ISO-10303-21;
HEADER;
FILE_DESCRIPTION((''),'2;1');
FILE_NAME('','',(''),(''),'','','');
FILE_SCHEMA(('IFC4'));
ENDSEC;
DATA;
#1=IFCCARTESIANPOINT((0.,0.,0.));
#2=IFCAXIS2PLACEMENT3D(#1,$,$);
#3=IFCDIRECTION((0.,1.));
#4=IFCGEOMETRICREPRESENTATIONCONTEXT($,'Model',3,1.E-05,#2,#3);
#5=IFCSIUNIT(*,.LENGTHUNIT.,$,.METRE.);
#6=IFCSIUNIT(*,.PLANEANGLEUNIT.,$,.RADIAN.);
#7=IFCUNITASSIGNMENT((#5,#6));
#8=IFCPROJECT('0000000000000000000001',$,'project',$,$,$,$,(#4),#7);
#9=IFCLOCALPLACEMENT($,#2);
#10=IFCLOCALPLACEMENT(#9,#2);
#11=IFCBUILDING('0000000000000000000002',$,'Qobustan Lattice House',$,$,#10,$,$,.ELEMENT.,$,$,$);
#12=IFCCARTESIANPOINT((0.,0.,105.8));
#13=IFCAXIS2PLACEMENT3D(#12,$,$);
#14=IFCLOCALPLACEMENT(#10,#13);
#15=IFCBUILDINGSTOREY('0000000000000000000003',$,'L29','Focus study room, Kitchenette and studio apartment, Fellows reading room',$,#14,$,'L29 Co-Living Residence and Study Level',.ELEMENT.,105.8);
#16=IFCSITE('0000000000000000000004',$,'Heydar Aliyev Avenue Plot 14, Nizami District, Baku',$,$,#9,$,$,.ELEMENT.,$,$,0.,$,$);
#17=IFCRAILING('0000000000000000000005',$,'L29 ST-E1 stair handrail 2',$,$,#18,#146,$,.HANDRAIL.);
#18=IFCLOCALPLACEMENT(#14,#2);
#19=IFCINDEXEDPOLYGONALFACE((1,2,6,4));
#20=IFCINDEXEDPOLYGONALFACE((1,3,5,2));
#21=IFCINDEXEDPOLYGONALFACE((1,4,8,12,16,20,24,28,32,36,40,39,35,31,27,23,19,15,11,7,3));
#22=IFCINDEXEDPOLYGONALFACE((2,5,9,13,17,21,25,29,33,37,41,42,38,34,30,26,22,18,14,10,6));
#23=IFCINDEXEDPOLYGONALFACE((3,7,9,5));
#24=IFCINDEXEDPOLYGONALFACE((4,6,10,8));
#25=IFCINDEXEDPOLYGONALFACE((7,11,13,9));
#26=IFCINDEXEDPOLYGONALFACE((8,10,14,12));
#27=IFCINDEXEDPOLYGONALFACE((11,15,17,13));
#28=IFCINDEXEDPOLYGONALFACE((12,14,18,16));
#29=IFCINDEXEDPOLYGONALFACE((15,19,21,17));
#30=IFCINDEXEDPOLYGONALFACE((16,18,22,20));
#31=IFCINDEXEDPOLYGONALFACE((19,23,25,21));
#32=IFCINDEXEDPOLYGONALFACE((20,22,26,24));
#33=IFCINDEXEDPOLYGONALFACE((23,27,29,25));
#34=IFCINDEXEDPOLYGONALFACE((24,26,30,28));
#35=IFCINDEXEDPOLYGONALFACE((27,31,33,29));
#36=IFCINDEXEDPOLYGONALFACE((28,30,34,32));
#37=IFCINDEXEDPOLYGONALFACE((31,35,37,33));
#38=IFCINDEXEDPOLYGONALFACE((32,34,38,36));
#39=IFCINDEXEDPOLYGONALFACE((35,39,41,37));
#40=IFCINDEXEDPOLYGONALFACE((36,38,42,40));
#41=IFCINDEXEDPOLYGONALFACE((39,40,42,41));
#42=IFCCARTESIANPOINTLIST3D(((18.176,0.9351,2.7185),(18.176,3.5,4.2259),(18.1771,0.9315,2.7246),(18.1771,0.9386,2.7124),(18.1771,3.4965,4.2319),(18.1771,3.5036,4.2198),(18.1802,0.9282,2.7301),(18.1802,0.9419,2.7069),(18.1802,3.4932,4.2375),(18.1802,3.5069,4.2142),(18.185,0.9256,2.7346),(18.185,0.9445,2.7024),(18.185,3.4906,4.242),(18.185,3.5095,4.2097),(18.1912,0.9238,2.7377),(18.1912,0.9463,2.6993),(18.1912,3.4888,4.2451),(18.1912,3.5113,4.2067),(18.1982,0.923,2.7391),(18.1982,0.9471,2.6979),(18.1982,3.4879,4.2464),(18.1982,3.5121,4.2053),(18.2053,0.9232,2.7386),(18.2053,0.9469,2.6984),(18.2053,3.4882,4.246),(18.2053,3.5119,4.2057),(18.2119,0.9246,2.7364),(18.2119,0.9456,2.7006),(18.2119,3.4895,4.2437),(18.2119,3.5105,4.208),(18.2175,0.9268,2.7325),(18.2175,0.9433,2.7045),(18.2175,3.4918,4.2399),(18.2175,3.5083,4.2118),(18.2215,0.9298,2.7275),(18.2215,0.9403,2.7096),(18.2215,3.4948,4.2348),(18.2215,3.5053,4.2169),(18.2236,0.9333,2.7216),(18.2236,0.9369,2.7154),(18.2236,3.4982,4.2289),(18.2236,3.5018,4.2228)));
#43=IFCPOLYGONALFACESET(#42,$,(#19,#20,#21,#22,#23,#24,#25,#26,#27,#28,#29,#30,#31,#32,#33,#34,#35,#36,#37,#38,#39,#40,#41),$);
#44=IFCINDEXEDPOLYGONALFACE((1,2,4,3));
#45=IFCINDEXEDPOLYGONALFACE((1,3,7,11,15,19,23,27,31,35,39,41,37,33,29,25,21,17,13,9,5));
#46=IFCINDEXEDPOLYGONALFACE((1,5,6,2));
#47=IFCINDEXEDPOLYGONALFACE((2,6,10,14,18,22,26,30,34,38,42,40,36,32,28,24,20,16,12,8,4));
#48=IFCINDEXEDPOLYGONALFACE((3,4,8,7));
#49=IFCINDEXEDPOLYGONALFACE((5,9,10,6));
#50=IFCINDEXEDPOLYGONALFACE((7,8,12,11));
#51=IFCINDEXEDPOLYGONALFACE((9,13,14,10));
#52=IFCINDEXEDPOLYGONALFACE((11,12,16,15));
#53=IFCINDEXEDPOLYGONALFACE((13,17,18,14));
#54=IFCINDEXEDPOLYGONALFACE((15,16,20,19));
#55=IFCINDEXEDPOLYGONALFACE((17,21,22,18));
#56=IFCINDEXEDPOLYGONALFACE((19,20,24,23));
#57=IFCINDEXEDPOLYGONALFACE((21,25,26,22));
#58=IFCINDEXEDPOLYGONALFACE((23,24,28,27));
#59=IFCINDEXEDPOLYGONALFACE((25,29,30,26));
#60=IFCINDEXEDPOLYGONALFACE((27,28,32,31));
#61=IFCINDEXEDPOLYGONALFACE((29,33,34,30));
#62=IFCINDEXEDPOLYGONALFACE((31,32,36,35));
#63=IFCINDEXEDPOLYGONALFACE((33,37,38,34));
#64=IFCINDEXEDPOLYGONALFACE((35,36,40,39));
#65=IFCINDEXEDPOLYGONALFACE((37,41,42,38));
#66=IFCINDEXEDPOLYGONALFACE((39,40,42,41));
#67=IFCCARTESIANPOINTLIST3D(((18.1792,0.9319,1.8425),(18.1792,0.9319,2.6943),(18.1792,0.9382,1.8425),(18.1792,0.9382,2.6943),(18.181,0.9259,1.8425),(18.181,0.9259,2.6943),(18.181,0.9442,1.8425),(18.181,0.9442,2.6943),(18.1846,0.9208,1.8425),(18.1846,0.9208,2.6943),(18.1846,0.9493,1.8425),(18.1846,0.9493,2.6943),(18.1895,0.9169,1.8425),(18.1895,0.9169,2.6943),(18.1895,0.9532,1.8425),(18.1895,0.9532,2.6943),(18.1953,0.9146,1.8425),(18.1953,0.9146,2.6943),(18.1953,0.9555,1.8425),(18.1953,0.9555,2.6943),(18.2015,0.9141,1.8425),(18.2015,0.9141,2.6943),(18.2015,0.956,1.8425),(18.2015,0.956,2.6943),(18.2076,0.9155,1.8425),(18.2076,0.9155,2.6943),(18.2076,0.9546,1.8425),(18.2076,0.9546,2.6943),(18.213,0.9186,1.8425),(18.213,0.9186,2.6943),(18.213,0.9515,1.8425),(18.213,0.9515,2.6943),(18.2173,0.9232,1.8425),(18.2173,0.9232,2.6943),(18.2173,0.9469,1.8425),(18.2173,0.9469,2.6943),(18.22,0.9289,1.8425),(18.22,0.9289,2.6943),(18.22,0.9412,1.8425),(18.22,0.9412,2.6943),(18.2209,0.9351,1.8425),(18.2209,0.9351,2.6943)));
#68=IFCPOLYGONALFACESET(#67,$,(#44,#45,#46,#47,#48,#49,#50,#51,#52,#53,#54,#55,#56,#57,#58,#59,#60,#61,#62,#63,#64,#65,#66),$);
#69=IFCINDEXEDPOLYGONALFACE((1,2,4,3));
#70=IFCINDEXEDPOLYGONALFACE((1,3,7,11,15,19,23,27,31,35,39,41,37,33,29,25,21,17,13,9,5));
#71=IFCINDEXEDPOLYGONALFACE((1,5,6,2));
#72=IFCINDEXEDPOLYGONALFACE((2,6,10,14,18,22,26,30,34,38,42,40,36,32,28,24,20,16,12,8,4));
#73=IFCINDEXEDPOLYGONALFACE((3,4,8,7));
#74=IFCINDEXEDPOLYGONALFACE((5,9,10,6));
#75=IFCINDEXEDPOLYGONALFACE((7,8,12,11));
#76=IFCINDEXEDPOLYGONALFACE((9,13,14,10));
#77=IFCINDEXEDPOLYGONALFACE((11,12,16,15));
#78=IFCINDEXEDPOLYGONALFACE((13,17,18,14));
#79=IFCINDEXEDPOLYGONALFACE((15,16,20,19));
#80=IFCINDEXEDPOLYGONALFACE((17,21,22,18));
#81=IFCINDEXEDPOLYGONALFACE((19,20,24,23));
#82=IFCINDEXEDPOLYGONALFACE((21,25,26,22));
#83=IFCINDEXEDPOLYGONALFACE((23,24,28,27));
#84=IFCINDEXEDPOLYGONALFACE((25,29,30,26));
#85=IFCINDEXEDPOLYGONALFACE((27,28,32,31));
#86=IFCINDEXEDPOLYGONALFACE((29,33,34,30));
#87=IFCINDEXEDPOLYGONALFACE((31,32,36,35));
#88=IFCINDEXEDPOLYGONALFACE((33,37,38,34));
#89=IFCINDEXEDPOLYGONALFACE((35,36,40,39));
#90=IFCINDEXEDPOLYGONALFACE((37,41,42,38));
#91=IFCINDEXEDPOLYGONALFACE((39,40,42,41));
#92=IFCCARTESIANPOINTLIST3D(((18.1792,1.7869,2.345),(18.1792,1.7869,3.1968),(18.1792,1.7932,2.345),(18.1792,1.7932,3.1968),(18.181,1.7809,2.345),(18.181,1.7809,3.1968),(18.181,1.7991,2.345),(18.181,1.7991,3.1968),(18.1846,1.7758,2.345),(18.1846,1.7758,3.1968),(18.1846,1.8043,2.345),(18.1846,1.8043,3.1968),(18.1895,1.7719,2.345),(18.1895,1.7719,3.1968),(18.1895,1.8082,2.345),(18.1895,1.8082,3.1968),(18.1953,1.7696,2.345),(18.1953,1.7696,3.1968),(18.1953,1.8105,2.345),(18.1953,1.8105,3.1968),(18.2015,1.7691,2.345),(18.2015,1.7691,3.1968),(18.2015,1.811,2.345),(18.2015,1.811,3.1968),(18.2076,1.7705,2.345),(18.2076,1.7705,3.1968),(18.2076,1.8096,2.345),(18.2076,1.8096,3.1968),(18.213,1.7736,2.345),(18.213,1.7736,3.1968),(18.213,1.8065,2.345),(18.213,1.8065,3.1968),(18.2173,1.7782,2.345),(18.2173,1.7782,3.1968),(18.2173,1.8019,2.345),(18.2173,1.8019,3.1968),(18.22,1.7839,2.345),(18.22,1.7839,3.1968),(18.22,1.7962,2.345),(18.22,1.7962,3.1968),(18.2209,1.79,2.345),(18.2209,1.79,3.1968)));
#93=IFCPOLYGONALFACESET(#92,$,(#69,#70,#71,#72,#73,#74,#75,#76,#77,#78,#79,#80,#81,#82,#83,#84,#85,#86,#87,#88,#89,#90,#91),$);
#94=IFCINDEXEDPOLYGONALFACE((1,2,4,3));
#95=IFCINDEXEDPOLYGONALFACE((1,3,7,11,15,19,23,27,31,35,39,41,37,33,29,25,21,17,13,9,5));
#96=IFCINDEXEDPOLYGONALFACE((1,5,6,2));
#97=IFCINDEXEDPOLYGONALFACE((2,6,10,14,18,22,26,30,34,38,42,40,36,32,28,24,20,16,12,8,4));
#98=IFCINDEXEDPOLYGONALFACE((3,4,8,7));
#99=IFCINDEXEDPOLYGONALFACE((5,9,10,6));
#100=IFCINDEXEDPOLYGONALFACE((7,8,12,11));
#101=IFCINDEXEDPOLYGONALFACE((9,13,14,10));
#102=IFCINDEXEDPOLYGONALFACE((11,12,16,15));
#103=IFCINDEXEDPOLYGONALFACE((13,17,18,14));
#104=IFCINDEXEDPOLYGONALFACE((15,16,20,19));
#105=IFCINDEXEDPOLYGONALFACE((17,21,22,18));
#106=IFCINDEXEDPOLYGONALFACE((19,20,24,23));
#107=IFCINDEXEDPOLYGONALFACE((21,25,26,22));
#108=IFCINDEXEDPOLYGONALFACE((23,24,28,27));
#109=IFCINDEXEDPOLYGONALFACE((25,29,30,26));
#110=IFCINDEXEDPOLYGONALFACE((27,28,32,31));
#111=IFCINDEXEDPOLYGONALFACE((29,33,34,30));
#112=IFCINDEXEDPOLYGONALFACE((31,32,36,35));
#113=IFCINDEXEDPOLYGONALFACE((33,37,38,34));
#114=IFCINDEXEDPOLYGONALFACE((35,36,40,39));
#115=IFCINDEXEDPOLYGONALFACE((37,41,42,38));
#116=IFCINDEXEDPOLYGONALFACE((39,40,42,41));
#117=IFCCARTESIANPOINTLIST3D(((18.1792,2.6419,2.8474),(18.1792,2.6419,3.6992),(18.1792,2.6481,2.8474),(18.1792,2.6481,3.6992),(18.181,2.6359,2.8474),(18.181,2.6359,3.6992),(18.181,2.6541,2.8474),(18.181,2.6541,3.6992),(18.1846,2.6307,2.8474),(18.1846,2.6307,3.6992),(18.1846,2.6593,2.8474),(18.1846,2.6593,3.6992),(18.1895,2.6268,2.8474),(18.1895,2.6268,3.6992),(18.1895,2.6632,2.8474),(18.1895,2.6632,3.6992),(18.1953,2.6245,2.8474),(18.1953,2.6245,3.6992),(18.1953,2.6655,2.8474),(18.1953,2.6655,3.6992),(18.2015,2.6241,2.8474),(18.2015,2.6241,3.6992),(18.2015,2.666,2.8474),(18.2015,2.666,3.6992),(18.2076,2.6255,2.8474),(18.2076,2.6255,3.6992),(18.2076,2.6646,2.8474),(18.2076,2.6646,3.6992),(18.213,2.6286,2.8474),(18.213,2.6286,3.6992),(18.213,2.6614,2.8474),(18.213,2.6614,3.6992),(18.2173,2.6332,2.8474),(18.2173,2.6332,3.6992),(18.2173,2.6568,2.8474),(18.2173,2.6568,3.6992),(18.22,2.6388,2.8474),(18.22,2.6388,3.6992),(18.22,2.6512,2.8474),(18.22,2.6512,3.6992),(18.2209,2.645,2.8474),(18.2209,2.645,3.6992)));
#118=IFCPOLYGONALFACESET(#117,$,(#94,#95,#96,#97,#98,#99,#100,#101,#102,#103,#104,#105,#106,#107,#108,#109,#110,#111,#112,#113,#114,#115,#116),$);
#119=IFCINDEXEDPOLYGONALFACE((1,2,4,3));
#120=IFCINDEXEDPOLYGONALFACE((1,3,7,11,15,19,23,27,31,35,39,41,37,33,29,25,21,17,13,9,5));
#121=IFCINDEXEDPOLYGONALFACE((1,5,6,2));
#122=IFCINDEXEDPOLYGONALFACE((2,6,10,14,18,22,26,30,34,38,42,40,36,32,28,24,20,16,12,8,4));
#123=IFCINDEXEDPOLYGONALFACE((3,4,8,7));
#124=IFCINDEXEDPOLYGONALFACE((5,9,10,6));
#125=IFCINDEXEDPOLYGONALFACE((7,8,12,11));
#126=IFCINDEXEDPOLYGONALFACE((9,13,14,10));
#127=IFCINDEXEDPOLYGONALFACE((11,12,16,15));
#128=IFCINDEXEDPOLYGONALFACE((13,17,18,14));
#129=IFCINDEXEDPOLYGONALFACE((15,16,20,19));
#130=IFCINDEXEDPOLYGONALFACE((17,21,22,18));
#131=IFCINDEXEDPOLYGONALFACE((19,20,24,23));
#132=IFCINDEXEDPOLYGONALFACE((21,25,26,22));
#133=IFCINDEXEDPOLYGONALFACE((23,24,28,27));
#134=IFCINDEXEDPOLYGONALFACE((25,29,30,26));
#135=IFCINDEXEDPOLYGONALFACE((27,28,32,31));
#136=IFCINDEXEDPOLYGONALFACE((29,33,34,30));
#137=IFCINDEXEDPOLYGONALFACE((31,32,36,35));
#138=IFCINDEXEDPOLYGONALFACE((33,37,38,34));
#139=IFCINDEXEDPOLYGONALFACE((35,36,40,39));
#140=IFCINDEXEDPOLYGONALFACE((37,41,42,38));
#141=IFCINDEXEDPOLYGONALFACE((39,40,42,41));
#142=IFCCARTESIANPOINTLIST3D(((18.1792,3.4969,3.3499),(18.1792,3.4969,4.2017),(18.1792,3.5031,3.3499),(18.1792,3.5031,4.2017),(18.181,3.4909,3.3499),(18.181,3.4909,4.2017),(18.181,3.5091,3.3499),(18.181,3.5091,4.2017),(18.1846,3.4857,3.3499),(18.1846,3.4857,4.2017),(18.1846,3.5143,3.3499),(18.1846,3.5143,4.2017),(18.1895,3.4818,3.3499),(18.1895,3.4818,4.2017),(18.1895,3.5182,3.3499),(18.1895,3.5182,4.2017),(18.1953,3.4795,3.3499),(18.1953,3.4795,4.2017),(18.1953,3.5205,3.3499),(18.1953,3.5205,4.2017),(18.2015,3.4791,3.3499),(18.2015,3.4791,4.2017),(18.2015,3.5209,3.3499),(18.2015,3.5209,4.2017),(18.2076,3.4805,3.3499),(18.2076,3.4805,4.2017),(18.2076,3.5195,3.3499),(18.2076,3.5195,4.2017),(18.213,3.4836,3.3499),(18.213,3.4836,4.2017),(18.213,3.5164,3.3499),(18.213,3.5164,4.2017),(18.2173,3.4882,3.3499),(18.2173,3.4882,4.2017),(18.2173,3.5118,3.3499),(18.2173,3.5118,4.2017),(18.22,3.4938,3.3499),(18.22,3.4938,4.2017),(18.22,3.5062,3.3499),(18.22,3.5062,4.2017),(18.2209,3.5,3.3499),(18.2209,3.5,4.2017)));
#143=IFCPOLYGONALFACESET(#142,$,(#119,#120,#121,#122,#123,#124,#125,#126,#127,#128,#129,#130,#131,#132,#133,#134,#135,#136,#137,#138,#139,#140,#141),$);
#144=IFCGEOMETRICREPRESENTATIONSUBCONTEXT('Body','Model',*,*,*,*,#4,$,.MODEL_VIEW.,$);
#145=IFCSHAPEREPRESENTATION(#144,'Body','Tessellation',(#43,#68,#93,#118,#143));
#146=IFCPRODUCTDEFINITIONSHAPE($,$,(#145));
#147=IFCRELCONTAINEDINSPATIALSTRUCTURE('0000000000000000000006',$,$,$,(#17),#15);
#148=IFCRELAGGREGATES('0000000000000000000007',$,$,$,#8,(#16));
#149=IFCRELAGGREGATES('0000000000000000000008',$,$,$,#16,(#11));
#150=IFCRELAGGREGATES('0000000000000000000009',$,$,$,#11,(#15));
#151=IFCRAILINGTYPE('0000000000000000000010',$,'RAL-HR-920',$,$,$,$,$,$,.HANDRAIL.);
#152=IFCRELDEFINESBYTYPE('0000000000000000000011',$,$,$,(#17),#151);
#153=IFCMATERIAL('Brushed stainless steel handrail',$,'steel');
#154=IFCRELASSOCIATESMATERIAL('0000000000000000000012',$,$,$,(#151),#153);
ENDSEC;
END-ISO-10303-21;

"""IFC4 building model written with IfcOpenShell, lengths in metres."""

from ifc_helpers import new_model, si_unit, direction, frame, origin, origin_2d, place, context, subcontext, project, spatial, circle, extrude, material, type_object, element, save


model = new_model("IFC4")

# Units and contexts
model_context = context("Model", 3, precision=1e-05, world=origin(), true_north=direction((0.0, 1.0)))
body_context = subcontext(model_context, "Body", "Model", "MODEL_VIEW")
ifc_project = project(units=[si_unit("LENGTHUNIT", "METRE"), si_unit("PLANEANGLEUNIT", "RADIAN")], contexts=[model_context])

# Site, building, storey
site_placement = place(None, origin())
site = spatial("IfcSite", under=ifc_project, at=site_placement, Name="Heydar Aliyev Avenue Plot 14, Nizami District, Baku", CompositionType="ELEMENT", RefElevation=0.0)
building_placement = place(site_placement, origin())
building = spatial("IfcBuilding", under=site, at=building_placement, Name="Qobustan Lattice House", CompositionType="ELEMENT")
storey_placement = place(building_placement, frame((0.0, 0.0, 105.8)))
storey = spatial("IfcBuildingStorey", under=building, at=storey_placement, Name="L29", Description="Focus study room, Kitchenette and studio apartment, Fellows reading room", LongName="L29 Co-Living Residence and Study Level", CompositionType="ELEMENT", Elevation=105.8)

# Railing
ifc_material_1 = material(Name="Brushed stainless steel handrail", Category="steel")
railing_type = type_object("IfcRailingType", Name="RAL-HR-920", PredefinedType="HANDRAIL", material=ifc_material_1)
railing_placement = place(storey_placement, frame((18.2, 0.9351, 1.8425)))
element("IfcRailing", 1, at=railing_placement, inside=storey, type_object=railing_type, Name="L29 ST-E1 stair handrail 2", PredefinedType="HANDRAIL", context=body_context, shape_type="SweptSolid", body=[
    extrude(circle(Radius=0.0239, at=origin_2d()), frame((0.0, 0.0, 0.876), z_axis=(0.0, 0.862149, 0.506654), x_axis=(-1.0, 0.0, 0.0)), (0.0, 0.0, 1.0), 2.9751),
    extrude(circle(Radius=0.021, at=origin_2d()), origin(), (0.0, 0.0, 1.0), 0.8518),
    extrude(circle(Radius=0.021, at=origin_2d()), frame((0.0, 0.855, 0.5024)), (0.0, 0.0, 1.0), 0.8518),
    extrude(circle(Radius=0.021, at=origin_2d()), frame((0.0, 1.71, 1.0049)), (0.0, 0.0, 1.0), 0.8518),
    extrude(circle(Radius=0.021, at=origin_2d()), frame((0.0, 2.5649, 1.5073)), (0.0, 0.0, 1.0), 0.8518),
])

save(model, "model.ifc")
